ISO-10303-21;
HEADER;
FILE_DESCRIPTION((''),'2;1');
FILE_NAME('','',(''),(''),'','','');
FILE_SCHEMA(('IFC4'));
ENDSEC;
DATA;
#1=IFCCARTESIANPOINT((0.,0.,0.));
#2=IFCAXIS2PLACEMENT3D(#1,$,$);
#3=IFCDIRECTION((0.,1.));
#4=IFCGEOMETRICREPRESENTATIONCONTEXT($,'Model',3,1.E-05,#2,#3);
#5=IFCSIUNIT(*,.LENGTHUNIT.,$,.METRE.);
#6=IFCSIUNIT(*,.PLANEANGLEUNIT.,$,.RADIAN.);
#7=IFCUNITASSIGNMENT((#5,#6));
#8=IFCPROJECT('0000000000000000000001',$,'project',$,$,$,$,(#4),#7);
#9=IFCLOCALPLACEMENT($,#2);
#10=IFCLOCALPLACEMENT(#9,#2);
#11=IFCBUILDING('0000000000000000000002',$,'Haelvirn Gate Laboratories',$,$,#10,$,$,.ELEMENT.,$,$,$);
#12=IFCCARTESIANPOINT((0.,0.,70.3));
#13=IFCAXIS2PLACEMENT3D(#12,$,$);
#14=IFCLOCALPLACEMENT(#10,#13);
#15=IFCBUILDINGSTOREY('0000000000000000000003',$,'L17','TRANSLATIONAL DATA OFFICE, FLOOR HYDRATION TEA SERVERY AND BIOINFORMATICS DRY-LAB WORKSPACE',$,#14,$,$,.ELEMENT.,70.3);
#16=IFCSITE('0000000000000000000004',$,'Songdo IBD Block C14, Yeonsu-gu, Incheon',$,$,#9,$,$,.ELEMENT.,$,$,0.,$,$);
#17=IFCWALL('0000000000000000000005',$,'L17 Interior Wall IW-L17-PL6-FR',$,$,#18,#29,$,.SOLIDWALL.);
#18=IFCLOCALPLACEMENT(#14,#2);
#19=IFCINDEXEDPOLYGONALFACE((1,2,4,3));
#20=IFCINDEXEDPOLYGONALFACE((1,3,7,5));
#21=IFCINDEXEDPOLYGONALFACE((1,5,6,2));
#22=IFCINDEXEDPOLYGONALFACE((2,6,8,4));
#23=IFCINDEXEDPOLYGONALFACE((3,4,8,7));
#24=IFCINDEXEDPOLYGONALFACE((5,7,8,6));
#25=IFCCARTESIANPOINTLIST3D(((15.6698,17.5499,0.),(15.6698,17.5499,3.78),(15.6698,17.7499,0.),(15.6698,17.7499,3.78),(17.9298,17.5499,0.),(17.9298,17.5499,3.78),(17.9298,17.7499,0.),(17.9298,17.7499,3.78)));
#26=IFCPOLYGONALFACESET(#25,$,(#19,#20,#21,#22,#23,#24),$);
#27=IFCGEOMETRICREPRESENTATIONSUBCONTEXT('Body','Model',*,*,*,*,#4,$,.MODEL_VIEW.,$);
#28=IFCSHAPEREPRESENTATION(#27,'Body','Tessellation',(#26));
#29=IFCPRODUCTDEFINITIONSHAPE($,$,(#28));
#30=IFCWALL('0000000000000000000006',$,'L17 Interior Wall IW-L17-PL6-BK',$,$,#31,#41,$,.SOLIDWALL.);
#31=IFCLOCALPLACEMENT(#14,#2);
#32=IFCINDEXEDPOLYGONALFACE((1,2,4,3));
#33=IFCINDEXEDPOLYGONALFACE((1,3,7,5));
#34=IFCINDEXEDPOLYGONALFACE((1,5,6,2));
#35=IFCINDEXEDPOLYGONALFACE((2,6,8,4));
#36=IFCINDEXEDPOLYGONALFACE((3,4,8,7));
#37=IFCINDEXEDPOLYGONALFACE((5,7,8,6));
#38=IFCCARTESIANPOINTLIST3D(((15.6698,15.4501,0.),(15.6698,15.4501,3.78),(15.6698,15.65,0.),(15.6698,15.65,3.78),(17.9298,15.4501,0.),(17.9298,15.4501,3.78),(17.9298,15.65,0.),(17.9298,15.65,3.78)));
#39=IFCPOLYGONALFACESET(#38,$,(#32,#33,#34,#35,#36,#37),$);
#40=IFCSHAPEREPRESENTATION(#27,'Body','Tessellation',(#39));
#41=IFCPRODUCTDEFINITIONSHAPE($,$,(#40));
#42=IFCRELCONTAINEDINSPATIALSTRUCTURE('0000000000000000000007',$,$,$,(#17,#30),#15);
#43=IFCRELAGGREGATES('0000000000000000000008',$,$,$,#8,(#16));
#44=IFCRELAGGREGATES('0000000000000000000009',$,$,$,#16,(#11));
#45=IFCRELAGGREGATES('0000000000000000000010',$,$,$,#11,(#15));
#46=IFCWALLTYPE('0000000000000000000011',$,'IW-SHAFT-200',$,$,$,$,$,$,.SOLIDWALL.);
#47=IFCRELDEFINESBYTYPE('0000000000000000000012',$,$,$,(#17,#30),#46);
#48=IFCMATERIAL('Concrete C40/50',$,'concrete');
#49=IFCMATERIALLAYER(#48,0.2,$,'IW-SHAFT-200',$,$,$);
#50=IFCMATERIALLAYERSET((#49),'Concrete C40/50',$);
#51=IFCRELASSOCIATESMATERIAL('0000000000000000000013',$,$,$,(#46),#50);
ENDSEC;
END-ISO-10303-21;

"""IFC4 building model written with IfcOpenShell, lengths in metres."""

from ifc_helpers import new_model, si_unit, direction, frame, frame_2d, origin, place, context, subcontext, project, spatial, rectangle, extrude, material, layer, layer_set, type_object, element, save


model = new_model("IFC4")

# Units and contexts
model_context = context("Model", 3, precision=1e-05, world=origin(), true_north=direction((0.0, 1.0)))
body_context = subcontext(model_context, "Body", "Model", "MODEL_VIEW")
ifc_project = project(units=[si_unit("LENGTHUNIT", "METRE"), si_unit("PLANEANGLEUNIT", "RADIAN")], contexts=[model_context])

# Site, building, storey
site_placement = place(None, origin())
site = spatial("IfcSite", under=ifc_project, at=site_placement, Name="Songdo IBD Block C14, Yeonsu-gu, Incheon", CompositionType="ELEMENT", RefElevation=0.0)
building_placement = place(site_placement, origin())
building = spatial("IfcBuilding", under=site, at=building_placement, Name="Haelvirn Gate Laboratories", CompositionType="ELEMENT")
storey_placement = place(building_placement, frame((0.0, 0.0, 70.3)))
storey = spatial("IfcBuildingStorey", under=building, at=storey_placement, Name="L17", Description="TRANSLATIONAL DATA OFFICE, FLOOR HYDRATION TEA SERVERY AND BIOINFORMATICS DRY-LAB WORKSPACE", CompositionType="ELEMENT", Elevation=70.3)

# Walls
ifc_material_1 = material(Name="Concrete C40/50", Category="concrete")
ifc_layer_1 = layer(ifc_material_1, 0.2, Name="IW-SHAFT-200")
ifc_layer_set_1 = layer_set([ifc_layer_1], Name="Concrete C40/50")
wall_type_1 = type_object("IfcWallType", Name="IW-SHAFT-200", PredefinedType="SOLIDWALL", material=ifc_layer_set_1)
for number, where, z_axis, x_axis, name in (
    (1, (15.6699, 17.6499, 0.0), (0.0, 0.0, 1.0), (1.0, 0.0, 0.0), "L17 Interior Wall IW-L17-PL6-FR"),
    (2, (15.6699, 15.55, 0.0), (0.0, 0.0, 1.0), (1.0, 0.0, 0.0), "L17 Interior Wall IW-L17-PL6-BK"),
):
    element("IfcWall", number, at=place(storey_placement, frame(where, z_axis=z_axis, x_axis=x_axis)), inside=storey, type_object=wall_type_1, Name=name, PredefinedType="SOLIDWALL", context=body_context, shape_type="SweptSolid", body=[
        extrude(rectangle(XDim=2.26, YDim=0.2, at=frame_2d((1.1299, 0.0))), origin(), (0.0, 0.0, 1.0), 3.78),
    ])

save(model, "model.ifc")
